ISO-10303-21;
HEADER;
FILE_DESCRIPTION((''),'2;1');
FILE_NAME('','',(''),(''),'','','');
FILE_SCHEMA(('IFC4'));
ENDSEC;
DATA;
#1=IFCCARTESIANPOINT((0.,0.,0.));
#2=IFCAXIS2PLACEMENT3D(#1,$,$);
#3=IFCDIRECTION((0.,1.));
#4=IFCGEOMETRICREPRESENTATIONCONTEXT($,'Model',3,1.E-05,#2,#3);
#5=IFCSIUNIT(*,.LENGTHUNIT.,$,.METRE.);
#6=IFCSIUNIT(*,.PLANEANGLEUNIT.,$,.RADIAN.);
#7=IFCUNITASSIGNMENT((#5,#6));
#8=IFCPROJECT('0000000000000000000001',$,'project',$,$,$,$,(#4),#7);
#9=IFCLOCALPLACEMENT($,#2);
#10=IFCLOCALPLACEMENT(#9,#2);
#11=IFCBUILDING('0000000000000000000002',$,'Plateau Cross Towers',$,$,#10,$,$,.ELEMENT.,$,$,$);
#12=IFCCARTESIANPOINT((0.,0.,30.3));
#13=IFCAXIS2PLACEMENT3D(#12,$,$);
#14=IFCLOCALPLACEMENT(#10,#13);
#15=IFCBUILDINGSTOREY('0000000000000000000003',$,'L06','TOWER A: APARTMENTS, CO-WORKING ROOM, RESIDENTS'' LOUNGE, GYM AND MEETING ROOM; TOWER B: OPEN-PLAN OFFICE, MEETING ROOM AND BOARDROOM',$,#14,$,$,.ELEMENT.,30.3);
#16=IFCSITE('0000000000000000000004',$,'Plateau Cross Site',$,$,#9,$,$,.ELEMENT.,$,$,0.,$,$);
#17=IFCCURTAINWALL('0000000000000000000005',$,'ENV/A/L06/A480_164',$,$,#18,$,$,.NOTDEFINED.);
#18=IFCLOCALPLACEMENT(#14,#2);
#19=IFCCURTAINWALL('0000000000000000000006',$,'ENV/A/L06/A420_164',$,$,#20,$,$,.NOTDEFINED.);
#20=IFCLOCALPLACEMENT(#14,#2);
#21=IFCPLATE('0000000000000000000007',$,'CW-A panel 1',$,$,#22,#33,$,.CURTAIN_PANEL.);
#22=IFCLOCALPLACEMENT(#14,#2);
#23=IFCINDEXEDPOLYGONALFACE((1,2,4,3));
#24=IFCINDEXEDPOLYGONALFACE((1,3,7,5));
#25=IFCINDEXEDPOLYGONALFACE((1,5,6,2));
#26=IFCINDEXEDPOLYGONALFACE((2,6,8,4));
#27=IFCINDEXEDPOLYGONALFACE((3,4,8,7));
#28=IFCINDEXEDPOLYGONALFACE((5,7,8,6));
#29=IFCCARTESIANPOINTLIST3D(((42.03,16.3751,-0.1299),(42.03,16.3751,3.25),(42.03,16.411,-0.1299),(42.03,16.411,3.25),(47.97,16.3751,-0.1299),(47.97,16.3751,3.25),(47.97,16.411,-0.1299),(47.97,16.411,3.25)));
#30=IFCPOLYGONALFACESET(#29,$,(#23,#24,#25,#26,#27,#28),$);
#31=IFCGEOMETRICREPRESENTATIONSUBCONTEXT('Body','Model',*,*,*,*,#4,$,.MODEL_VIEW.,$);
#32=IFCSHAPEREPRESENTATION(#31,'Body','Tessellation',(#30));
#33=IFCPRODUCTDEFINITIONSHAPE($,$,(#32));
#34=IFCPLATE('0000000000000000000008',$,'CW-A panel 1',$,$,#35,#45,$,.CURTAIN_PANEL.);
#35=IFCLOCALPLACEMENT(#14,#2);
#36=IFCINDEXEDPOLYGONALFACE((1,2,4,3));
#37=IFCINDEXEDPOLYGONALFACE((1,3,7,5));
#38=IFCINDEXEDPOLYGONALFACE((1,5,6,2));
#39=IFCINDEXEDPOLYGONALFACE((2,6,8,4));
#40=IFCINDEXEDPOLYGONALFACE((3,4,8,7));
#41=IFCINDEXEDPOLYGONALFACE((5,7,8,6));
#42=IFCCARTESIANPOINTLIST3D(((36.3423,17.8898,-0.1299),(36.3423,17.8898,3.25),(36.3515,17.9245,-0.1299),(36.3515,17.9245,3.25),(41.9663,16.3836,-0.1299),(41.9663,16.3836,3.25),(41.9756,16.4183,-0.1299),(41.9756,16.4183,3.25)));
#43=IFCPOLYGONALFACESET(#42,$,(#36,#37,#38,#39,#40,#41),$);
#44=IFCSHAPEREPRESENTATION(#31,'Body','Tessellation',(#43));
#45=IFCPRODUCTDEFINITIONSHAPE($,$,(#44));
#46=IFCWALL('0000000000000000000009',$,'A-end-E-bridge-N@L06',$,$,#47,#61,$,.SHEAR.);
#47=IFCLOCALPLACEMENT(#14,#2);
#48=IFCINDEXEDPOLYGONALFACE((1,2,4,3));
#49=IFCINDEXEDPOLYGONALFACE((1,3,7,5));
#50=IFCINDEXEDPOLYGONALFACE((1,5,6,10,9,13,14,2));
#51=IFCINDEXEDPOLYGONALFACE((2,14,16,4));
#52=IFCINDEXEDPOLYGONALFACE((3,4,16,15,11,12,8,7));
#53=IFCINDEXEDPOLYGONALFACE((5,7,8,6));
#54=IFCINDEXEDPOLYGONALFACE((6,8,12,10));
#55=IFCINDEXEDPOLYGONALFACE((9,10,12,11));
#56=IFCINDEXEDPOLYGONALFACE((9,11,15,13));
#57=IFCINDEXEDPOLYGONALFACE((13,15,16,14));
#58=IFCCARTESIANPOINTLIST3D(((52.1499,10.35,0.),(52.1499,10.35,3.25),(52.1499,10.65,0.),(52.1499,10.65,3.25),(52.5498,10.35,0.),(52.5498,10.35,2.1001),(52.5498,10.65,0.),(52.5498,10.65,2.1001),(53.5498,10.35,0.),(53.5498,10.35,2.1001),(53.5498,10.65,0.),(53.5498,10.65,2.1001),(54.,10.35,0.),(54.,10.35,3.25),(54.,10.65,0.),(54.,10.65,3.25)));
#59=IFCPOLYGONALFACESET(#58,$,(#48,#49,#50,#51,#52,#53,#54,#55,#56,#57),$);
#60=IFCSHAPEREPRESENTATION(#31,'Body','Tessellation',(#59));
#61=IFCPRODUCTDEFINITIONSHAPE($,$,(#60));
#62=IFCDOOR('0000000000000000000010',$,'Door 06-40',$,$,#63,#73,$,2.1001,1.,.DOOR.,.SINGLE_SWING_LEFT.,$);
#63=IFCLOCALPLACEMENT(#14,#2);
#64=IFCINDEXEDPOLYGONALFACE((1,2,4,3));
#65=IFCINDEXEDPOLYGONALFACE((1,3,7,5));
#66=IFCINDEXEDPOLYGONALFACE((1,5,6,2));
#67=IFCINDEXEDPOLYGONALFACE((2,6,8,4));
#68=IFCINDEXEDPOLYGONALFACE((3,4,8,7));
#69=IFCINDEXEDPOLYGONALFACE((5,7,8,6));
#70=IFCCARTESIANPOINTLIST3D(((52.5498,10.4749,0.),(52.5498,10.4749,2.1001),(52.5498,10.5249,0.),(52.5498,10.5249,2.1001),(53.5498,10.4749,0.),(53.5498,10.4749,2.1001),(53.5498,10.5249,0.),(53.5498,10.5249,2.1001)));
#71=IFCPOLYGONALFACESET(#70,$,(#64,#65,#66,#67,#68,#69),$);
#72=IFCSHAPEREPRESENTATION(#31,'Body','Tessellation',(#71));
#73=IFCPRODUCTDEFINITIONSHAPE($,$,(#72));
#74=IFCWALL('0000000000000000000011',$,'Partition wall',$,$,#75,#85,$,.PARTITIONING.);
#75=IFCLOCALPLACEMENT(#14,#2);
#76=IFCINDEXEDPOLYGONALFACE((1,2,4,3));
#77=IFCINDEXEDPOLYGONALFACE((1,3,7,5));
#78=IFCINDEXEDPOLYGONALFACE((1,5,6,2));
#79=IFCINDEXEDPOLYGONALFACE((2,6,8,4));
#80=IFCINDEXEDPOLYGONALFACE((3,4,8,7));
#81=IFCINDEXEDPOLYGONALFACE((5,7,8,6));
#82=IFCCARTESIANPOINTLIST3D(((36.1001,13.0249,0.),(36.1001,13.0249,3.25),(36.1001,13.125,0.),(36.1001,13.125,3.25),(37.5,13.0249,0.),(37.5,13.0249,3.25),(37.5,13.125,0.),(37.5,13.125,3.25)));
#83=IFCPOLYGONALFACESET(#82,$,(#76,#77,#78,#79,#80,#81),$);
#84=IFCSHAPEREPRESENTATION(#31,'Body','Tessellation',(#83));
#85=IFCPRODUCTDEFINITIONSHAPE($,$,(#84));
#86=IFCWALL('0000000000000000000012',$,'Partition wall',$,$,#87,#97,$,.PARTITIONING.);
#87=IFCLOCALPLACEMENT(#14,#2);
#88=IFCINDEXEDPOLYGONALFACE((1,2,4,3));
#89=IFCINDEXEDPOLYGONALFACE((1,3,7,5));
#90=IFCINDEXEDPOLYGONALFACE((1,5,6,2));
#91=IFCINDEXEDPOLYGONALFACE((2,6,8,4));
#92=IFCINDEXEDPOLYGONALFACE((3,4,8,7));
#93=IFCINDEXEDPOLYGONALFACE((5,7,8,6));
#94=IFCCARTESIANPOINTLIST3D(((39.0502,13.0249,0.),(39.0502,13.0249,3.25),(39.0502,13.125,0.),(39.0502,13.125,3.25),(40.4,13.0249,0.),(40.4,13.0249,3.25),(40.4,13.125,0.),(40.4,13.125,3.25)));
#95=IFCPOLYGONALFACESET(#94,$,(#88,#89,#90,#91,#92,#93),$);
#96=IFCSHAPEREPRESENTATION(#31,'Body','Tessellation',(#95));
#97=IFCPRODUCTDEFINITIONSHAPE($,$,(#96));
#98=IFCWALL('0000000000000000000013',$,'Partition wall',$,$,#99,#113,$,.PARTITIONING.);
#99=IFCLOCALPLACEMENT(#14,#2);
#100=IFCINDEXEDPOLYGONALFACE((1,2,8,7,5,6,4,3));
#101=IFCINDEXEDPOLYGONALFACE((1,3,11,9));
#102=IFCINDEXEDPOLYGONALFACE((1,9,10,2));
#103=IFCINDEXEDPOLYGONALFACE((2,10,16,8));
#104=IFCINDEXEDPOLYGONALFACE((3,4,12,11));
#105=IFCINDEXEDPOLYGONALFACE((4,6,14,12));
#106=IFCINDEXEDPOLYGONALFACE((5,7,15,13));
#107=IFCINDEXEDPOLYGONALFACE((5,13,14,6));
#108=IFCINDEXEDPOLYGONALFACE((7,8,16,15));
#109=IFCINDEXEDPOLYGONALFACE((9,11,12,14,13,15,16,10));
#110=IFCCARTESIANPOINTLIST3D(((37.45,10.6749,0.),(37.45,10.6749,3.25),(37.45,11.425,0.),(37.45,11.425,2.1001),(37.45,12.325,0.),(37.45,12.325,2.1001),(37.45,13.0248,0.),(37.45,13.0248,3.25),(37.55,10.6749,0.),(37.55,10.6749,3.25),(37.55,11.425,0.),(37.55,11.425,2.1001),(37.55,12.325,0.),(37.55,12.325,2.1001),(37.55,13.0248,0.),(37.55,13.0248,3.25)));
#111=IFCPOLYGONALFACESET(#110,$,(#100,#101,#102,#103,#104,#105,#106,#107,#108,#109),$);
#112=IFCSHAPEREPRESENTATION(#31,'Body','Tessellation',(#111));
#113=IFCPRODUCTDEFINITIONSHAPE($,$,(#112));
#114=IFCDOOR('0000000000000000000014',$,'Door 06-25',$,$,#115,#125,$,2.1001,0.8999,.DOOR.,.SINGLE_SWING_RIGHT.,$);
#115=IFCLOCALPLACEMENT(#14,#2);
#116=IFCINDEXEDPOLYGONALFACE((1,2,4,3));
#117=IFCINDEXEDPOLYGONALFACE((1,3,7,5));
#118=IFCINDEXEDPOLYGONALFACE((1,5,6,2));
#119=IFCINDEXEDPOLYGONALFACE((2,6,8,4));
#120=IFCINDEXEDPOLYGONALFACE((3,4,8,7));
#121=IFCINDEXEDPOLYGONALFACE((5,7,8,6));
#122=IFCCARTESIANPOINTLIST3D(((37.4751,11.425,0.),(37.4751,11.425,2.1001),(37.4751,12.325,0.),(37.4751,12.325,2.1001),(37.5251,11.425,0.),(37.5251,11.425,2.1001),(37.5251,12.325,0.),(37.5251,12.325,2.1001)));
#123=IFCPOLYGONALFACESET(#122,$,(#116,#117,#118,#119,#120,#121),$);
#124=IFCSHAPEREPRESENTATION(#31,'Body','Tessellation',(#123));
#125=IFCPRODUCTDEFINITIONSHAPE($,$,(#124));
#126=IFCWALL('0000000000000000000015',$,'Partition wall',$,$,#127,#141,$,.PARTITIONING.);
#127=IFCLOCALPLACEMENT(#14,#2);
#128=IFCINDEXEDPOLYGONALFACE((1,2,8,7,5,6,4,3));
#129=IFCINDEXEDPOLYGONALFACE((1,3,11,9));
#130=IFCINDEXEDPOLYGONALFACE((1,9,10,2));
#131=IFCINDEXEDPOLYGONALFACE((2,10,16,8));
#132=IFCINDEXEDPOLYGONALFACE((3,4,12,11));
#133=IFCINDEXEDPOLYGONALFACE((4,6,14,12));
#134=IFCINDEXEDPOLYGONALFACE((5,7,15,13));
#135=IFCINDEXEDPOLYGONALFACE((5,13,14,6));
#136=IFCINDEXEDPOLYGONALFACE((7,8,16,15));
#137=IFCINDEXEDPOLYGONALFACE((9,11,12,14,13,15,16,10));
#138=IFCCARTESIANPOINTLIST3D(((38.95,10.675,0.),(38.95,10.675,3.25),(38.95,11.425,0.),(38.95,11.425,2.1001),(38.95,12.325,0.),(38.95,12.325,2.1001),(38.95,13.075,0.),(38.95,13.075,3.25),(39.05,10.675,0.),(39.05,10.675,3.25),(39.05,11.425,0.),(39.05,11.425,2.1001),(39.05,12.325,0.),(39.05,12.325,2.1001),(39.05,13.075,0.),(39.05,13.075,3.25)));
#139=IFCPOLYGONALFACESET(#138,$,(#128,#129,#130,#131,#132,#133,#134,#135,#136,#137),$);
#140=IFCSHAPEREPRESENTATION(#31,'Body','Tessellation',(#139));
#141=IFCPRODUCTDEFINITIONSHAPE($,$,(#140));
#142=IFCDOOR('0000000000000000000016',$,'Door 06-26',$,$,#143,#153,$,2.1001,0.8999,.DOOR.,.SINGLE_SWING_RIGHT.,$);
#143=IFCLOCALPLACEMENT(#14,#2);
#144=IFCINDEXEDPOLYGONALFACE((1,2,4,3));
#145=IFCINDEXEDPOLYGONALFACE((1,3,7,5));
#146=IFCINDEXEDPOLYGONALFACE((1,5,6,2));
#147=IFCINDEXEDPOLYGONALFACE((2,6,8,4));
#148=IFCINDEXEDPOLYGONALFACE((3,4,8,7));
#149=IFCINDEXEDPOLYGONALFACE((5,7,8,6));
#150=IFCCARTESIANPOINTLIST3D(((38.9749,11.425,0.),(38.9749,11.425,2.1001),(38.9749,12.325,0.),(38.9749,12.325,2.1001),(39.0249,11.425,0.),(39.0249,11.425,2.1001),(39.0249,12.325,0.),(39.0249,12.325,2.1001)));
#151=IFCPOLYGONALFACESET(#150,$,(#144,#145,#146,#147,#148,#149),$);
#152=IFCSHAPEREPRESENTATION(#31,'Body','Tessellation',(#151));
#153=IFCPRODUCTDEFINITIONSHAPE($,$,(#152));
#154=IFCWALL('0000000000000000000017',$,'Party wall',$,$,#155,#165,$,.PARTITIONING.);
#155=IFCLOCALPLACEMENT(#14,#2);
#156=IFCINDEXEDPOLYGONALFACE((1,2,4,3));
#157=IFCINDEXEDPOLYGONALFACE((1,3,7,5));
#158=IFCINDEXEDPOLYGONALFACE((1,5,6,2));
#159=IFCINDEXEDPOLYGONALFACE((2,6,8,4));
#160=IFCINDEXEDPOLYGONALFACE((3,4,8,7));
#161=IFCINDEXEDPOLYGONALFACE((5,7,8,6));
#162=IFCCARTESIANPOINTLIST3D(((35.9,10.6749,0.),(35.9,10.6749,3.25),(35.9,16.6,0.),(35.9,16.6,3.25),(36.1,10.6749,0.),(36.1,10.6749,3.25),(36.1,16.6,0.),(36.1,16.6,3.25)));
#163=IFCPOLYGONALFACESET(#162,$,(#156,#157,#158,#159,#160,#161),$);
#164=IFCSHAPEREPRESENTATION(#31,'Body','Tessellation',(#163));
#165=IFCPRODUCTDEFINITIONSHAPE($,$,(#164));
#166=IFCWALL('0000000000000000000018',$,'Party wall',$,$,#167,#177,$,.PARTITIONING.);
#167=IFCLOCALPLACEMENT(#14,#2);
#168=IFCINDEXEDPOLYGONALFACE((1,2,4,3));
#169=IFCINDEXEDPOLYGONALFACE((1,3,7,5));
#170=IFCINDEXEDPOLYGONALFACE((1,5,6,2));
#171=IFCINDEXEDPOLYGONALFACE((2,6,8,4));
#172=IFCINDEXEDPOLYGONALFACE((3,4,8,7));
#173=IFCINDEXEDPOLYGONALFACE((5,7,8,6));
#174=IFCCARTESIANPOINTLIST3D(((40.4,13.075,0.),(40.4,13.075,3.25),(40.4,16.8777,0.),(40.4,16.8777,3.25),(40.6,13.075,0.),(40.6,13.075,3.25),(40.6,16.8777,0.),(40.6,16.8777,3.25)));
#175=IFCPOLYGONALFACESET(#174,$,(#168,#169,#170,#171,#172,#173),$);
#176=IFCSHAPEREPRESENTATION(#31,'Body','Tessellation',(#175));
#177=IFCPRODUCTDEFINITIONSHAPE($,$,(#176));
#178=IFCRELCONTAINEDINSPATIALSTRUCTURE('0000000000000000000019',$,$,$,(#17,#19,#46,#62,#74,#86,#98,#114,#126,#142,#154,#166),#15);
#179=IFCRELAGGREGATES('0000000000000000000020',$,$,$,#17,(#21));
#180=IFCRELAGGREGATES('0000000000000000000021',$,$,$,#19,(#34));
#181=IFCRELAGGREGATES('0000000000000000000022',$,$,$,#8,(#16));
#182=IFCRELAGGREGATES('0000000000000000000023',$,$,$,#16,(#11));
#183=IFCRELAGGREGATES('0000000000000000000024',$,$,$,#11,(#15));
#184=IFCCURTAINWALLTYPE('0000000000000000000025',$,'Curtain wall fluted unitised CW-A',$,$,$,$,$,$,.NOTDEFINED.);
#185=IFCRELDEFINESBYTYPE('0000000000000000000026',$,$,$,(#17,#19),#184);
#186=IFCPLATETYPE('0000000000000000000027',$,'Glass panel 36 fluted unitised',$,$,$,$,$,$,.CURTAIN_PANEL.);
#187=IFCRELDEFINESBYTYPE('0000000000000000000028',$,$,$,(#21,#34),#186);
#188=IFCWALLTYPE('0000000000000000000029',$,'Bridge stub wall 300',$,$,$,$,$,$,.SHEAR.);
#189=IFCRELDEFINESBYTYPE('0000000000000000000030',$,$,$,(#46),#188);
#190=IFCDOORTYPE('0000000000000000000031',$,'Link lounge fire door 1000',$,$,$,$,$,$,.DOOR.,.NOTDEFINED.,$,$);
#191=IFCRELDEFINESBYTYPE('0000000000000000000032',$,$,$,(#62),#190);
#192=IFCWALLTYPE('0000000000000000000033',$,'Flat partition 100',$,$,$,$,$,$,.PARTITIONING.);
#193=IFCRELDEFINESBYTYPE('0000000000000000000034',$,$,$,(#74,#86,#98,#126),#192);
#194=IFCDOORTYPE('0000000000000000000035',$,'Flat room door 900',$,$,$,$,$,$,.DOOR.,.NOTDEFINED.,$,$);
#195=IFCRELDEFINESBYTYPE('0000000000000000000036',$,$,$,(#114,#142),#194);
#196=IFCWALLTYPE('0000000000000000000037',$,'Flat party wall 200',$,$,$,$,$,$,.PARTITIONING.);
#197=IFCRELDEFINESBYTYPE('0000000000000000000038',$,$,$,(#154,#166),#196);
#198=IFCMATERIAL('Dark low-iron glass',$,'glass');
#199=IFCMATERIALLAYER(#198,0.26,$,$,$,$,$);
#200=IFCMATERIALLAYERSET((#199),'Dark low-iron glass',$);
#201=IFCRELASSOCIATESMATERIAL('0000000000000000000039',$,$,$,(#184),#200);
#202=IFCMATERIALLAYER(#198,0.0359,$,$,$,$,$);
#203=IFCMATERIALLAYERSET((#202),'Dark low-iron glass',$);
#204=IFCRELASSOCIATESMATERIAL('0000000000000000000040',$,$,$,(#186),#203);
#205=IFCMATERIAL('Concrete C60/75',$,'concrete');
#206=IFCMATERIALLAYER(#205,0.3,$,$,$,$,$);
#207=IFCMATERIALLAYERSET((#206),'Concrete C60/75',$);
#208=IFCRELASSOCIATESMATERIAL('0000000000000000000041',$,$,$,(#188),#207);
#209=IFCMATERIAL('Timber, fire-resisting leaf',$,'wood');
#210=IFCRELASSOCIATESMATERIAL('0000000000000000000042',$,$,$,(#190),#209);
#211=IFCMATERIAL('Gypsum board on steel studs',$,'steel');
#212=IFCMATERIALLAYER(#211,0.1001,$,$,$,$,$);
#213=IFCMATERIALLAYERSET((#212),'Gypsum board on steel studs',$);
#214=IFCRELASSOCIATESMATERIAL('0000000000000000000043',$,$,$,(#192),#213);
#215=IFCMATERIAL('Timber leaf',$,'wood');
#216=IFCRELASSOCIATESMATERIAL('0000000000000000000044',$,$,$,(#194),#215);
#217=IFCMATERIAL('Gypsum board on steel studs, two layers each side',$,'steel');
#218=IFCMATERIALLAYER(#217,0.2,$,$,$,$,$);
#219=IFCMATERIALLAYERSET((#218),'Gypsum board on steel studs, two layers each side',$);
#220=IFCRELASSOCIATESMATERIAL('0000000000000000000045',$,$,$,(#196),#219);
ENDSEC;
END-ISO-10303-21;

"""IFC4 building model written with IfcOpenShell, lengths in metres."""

from ifc_helpers import new_model, si_unit, direction, frame, frame_2d, origin, origin_2d, place, context, subcontext, project, spatial, rectangle, extrude, material, layer, layer_set, type_object, element, fill, aggregate, save


model = new_model("IFC4")

# Units and contexts
model_context = context("Model", 3, precision=1e-05, world=origin(), true_north=direction((0.0, 1.0)))
body_context = subcontext(model_context, "Body", "Model", "MODEL_VIEW")
ifc_project = project(units=[si_unit("LENGTHUNIT", "METRE"), si_unit("PLANEANGLEUNIT", "RADIAN")], contexts=[model_context])

# Site, building, storey
site_placement = place(None, origin())
site = spatial("IfcSite", under=ifc_project, at=site_placement, Name="Plateau Cross Site", CompositionType="ELEMENT", RefElevation=0.0)
building_placement = place(site_placement, origin())
building = spatial("IfcBuilding", under=site, at=building_placement, Name="Plateau Cross Towers", CompositionType="ELEMENT")
storey_placement = place(building_placement, frame((0.0, 0.0, 30.3)))
storey = spatial("IfcBuildingStorey", under=building, at=storey_placement, Name="L06", Description="TOWER A: APARTMENTS, CO-WORKING ROOM, RESIDENTS' LOUNGE, GYM AND MEETING ROOM; TOWER B: OPEN-PLAN OFFICE, MEETING ROOM AND BOARDROOM", CompositionType="ELEMENT", Elevation=30.3)

# Shared definitions
ifc_material_1 = material(Name="Concrete C60/75", Category="concrete")

# Curtain wall
ifc_material_2 = material(Name="Dark low-iron glass", Category="glass")
ifc_layer_1 = layer(ifc_material_2, 0.26)
ifc_layer_set_1 = layer_set([ifc_layer_1], Name="Dark low-iron glass")
curtain_wall_type_1 = type_object("IfcCurtainWallType", Name="Curtain wall fluted unitised CW-A", PredefinedType="NOTDEFINED", material=ifc_layer_set_1)
curtain_wall_1_placement = place(storey_placement, origin())
curtain_wall_1 = element("IfcCurtainWall", 1, at=curtain_wall_1_placement, inside=storey, type_object=curtain_wall_type_1, Name="ENV/A/L06/A480_164", PredefinedType="NOTDEFINED")

# Curtain wall
curtain_wall_2_placement = place(storey_placement, origin())
curtain_wall_2 = element("IfcCurtainWall", 2, at=curtain_wall_2_placement, inside=storey, type_object=curtain_wall_type_1, Name="ENV/A/L06/A420_164", PredefinedType="NOTDEFINED")

# Plates
ifc_layer_2 = layer(ifc_material_2, 0.0359)
ifc_layer_set_2 = layer_set([ifc_layer_2], Name="Dark low-iron glass")
plate_type_1 = type_object("IfcPlateType", Name="Glass panel 36 fluted unitised", PredefinedType="CURTAIN_PANEL", material=ifc_layer_set_2)
plate_1_placement = place(storey_placement, frame((45.0, 16.3931, -0.1299), z_axis=(0.0, 0.0, 1.0), x_axis=(-1.0, 0.0, 0.0)))
plate_1 = element("IfcPlate", 3, at=plate_1_placement, type_object=plate_type_1, Name="CW-A panel 1", PredefinedType="CURTAIN_PANEL", context=body_context, shape_type="SweptSolid", body=[
    extrude(rectangle(XDim=5.9399, YDim=0.0359, at=origin_2d()), origin(), (0.0, 0.0, 1.0), 3.3799),
])
aggregate(curtain_wall_1, [plate_1])
plate_2_placement = place(storey_placement, frame((39.1589, 17.1541, -0.1299), z_axis=(0.0, 0.0, 1.0), x_axis=(-0.965958, 0.258699, 0.0)))
plate_2 = element("IfcPlate", 4, at=plate_2_placement, type_object=plate_type_1, Name="CW-A panel 1", PredefinedType="CURTAIN_PANEL", context=body_context, shape_type="SweptSolid", body=[
    extrude(rectangle(XDim=5.8223, YDim=0.0359, at=origin_2d()), origin(), (0.0, 0.0, 1.0), 3.3799),
])
aggregate(curtain_wall_2, [plate_2])

# Wall, opening, door
ifc_layer_3 = layer(ifc_material_1, 0.3)
ifc_layer_set_3 = layer_set([ifc_layer_3], Name="Concrete C60/75")
wall_type_1 = type_object("IfcWallType", Name="Bridge stub wall 300", PredefinedType="SHEAR", material=ifc_layer_set_3)
wall_1_placement = place(storey_placement, frame((52.1499, 10.5, 0.0), z_axis=(0.0, 0.0, 1.0), x_axis=(1.0, 0.0, 0.0)))
wall_1 = element("IfcWall", 5, at=wall_1_placement, inside=storey, type_object=wall_type_1, Name="A-end-E-bridge-N@L06", PredefinedType="SHEAR", context=body_context, shape_type="SweptSolid", body=[
    extrude(rectangle(XDim=1.8501, YDim=0.3, at=frame_2d((0.925, 0.0))), origin(), (0.0, 0.0, 1.0), 3.25),
])
opening_1_placement = place(wall_1_placement, frame((0.3999, 0.0, 0.0)))
opening_1 = element("IfcOpeningElement", 6, at=opening_1_placement, cuts=wall_1, PredefinedType="OPENING", context=body_context, shape_type="SweptSolid", body=[
    extrude(rectangle(XDim=1.0, YDim=2.1001, at=frame_2d((0.5, 1.05))), frame((0.0, 0.1599, 0.0), z_axis=(0.0, -1.0, 0.0), x_axis=(1.0, 0.0, 0.0)), (0.0, 0.0, 1.0), 0.3201),
])
ifc_material_3 = material(Name="Timber, fire-resisting leaf", Category="wood")
door_type_1 = type_object("IfcDoorType", Name="Link lounge fire door 1000", OperationType="NOTDEFINED", PredefinedType="DOOR", material=ifc_material_3)
door_1_placement = place(opening_1_placement, origin())
door_1 = element("IfcDoor", 7, at=door_1_placement, inside=storey, type_object=door_type_1, Name="Door 06-40", OperationType="SINGLE_SWING_LEFT", OverallHeight=2.1001, OverallWidth=1.0, PredefinedType="DOOR", context=body_context, shape_type="SweptSolid", body=[
    extrude(rectangle(XDim=1.0, YDim=2.1001, at=frame_2d((0.5, 1.05))), frame((0.0, 0.0249, 0.0), z_axis=(0.0, -1.0, 0.0), x_axis=(1.0, 0.0, 0.0)), (0.0, 0.0, 1.0), 0.05),
])
fill(opening_1, door_1)

# Walls
ifc_material_4 = material(Name="Gypsum board on steel studs", Category="steel")
ifc_layer_4 = layer(ifc_material_4, 0.1001)
ifc_layer_set_4 = layer_set([ifc_layer_4], Name="Gypsum board on steel studs")
wall_type_2 = type_object("IfcWallType", Name="Flat partition 100", PredefinedType="PARTITIONING", material=ifc_layer_set_4)
wall_2_placement = place(storey_placement, frame((37.5, 13.075, 0.0), z_axis=(0.0, 0.0, 1.0), x_axis=(-1.0, 0.0, 0.0)))
element("IfcWall", 8, at=wall_2_placement, inside=storey, type_object=wall_type_2, Name="Partition wall", PredefinedType="PARTITIONING", context=body_context, shape_type="SweptSolid", body=[
    extrude(rectangle(XDim=1.3999, YDim=0.1001, at=frame_2d((0.7, 0.0))), origin(), (0.0, 0.0, 1.0), 3.25),
])
wall_3_placement = place(storey_placement, frame((40.3999, 13.075, 0.0), z_axis=(0.0, 0.0, 1.0), x_axis=(-1.0, 0.0, 0.0)))
element("IfcWall", 9, at=wall_3_placement, inside=storey, type_object=wall_type_2, Name="Partition wall", PredefinedType="PARTITIONING", context=body_context, shape_type="SweptSolid", body=[
    extrude(rectangle(XDim=1.3499, YDim=0.1001, at=frame_2d((0.6748, 0.0))), origin(), (0.0, 0.0, 1.0), 3.25),
])

# Walls, openings, doors
wall_4_placement = place(storey_placement, frame((37.5, 10.675, 0.0), z_axis=(0.0, 0.0, 1.0), x_axis=(0.0, 1.0, 0.0)))
wall_4 = element("IfcWall", 10, at=wall_4_placement, inside=storey, type_object=wall_type_2, Name="Partition wall", PredefinedType="PARTITIONING", context=body_context, shape_type="SweptSolid", body=[
    extrude(rectangle(XDim=2.3499, YDim=0.1001, at=frame_2d((1.1748, 0.0))), origin(), (0.0, 0.0, 1.0), 3.25),
])
opening_2_placement = place(wall_4_placement, frame((0.75, 0.0, 0.0)))
opening_2 = element("IfcOpeningElement", 11, at=opening_2_placement, cuts=wall_4, PredefinedType="OPENING", context=body_context, shape_type="SweptSolid", body=[
    extrude(rectangle(XDim=0.8999, YDim=2.1001, at=frame_2d((0.45, 1.05))), frame((0.0, 0.0601, 0.0), z_axis=(0.0, -1.0, 0.0), x_axis=(1.0, 0.0, 0.0)), (0.0, 0.0, 1.0), 0.1201),
])
ifc_material_5 = material(Name="Timber leaf", Category="wood")
door_type_2 = type_object("IfcDoorType", Name="Flat room door 900", OperationType="NOTDEFINED", PredefinedType="DOOR", material=ifc_material_5)
door_2_placement = place(opening_2_placement, origin())
door_2 = element("IfcDoor", 12, at=door_2_placement, inside=storey, type_object=door_type_2, Name="Door 06-25", OperationType="SINGLE_SWING_RIGHT", OverallHeight=2.1001, OverallWidth=0.8999, PredefinedType="DOOR", context=body_context, shape_type="SweptSolid", body=[
    extrude(rectangle(XDim=0.8999, YDim=2.1001, at=frame_2d((0.45, 1.05))), frame((0.0, 0.0249, 0.0), z_axis=(0.0, -1.0, 0.0), x_axis=(1.0, 0.0, 0.0)), (0.0, 0.0, 1.0), 0.05),
])
fill(opening_2, door_2)
wall_5_placement = place(storey_placement, frame((39.0, 13.075, 0.0), z_axis=(0.0, 0.0, 1.0), x_axis=(0.0, -1.0, 0.0)))
wall_5 = element("IfcWall", 13, at=wall_5_placement, inside=storey, type_object=wall_type_2, Name="Partition wall", PredefinedType="PARTITIONING", context=body_context, shape_type="SweptSolid", body=[
    extrude(rectangle(XDim=2.3999, YDim=0.1001, at=frame_2d((1.2, 0.0))), origin(), (0.0, 0.0, 1.0), 3.25),
])
opening_3_placement = place(wall_5_placement, frame((0.75, 0.0, 0.0)))
opening_3 = element("IfcOpeningElement", 14, at=opening_3_placement, cuts=wall_5, PredefinedType="OPENING", context=body_context, shape_type="SweptSolid", body=[
    extrude(rectangle(XDim=0.8999, YDim=2.1001, at=frame_2d((0.45, 1.05))), frame((0.0, 0.0601, 0.0), z_axis=(0.0, -1.0, 0.0), x_axis=(1.0, 0.0, 0.0)), (0.0, 0.0, 1.0), 0.1201),
])
door_3_placement = place(opening_3_placement, origin())
door_3 = element("IfcDoor", 15, at=door_3_placement, inside=storey, type_object=door_type_2, Name="Door 06-26", OperationType="SINGLE_SWING_RIGHT", OverallHeight=2.1001, OverallWidth=0.8999, PredefinedType="DOOR", context=body_context, shape_type="SweptSolid", body=[
    extrude(rectangle(XDim=0.8999, YDim=2.1001, at=frame_2d((0.45, 1.05))), frame((0.0, 0.0249, 0.0), z_axis=(0.0, -1.0, 0.0), x_axis=(1.0, 0.0, 0.0)), (0.0, 0.0, 1.0), 0.05),
])
fill(opening_3, door_3)

# Walls
ifc_material_6 = material(Name="Gypsum board on steel studs, two layers each side", Category="steel")
ifc_layer_5 = layer(ifc_material_6, 0.2)
ifc_layer_set_5 = layer_set([ifc_layer_5], Name="Gypsum board on steel studs, two layers each side")
wall_type_3 = type_object("IfcWallType", Name="Flat party wall 200", PredefinedType="PARTITIONING", material=ifc_layer_set_5)
wall_6_placement = place(storey_placement, frame((36.0, 10.675, 0.0), z_axis=(0.0, 0.0, 1.0), x_axis=(0.0, 1.0, 0.0)))
element("IfcWall", 16, at=wall_6_placement, inside=storey, type_object=wall_type_3, Name="Party wall", PredefinedType="PARTITIONING", context=body_context, shape_type="SweptSolid", body=[
    extrude(rectangle(XDim=5.925, YDim=0.2, at=frame_2d((2.9624, 0.0))), origin(), (0.0, 0.0, 1.0), 3.25),
])
wall_7_placement = place(storey_placement, frame((40.5, 16.8777, 0.0), z_axis=(0.0, 0.0, 1.0), x_axis=(0.0, -1.0, 0.0)))
element("IfcWall", 17, at=wall_7_placement, inside=storey, type_object=wall_type_3, Name="Party wall", PredefinedType="PARTITIONING", context=body_context, shape_type="SweptSolid", body=[
    extrude(rectangle(XDim=3.8027, YDim=0.2, at=frame_2d((1.9014, 0.0))), origin(), (0.0, 0.0, 1.0), 3.25),
])

save(model, "model.ifc")
